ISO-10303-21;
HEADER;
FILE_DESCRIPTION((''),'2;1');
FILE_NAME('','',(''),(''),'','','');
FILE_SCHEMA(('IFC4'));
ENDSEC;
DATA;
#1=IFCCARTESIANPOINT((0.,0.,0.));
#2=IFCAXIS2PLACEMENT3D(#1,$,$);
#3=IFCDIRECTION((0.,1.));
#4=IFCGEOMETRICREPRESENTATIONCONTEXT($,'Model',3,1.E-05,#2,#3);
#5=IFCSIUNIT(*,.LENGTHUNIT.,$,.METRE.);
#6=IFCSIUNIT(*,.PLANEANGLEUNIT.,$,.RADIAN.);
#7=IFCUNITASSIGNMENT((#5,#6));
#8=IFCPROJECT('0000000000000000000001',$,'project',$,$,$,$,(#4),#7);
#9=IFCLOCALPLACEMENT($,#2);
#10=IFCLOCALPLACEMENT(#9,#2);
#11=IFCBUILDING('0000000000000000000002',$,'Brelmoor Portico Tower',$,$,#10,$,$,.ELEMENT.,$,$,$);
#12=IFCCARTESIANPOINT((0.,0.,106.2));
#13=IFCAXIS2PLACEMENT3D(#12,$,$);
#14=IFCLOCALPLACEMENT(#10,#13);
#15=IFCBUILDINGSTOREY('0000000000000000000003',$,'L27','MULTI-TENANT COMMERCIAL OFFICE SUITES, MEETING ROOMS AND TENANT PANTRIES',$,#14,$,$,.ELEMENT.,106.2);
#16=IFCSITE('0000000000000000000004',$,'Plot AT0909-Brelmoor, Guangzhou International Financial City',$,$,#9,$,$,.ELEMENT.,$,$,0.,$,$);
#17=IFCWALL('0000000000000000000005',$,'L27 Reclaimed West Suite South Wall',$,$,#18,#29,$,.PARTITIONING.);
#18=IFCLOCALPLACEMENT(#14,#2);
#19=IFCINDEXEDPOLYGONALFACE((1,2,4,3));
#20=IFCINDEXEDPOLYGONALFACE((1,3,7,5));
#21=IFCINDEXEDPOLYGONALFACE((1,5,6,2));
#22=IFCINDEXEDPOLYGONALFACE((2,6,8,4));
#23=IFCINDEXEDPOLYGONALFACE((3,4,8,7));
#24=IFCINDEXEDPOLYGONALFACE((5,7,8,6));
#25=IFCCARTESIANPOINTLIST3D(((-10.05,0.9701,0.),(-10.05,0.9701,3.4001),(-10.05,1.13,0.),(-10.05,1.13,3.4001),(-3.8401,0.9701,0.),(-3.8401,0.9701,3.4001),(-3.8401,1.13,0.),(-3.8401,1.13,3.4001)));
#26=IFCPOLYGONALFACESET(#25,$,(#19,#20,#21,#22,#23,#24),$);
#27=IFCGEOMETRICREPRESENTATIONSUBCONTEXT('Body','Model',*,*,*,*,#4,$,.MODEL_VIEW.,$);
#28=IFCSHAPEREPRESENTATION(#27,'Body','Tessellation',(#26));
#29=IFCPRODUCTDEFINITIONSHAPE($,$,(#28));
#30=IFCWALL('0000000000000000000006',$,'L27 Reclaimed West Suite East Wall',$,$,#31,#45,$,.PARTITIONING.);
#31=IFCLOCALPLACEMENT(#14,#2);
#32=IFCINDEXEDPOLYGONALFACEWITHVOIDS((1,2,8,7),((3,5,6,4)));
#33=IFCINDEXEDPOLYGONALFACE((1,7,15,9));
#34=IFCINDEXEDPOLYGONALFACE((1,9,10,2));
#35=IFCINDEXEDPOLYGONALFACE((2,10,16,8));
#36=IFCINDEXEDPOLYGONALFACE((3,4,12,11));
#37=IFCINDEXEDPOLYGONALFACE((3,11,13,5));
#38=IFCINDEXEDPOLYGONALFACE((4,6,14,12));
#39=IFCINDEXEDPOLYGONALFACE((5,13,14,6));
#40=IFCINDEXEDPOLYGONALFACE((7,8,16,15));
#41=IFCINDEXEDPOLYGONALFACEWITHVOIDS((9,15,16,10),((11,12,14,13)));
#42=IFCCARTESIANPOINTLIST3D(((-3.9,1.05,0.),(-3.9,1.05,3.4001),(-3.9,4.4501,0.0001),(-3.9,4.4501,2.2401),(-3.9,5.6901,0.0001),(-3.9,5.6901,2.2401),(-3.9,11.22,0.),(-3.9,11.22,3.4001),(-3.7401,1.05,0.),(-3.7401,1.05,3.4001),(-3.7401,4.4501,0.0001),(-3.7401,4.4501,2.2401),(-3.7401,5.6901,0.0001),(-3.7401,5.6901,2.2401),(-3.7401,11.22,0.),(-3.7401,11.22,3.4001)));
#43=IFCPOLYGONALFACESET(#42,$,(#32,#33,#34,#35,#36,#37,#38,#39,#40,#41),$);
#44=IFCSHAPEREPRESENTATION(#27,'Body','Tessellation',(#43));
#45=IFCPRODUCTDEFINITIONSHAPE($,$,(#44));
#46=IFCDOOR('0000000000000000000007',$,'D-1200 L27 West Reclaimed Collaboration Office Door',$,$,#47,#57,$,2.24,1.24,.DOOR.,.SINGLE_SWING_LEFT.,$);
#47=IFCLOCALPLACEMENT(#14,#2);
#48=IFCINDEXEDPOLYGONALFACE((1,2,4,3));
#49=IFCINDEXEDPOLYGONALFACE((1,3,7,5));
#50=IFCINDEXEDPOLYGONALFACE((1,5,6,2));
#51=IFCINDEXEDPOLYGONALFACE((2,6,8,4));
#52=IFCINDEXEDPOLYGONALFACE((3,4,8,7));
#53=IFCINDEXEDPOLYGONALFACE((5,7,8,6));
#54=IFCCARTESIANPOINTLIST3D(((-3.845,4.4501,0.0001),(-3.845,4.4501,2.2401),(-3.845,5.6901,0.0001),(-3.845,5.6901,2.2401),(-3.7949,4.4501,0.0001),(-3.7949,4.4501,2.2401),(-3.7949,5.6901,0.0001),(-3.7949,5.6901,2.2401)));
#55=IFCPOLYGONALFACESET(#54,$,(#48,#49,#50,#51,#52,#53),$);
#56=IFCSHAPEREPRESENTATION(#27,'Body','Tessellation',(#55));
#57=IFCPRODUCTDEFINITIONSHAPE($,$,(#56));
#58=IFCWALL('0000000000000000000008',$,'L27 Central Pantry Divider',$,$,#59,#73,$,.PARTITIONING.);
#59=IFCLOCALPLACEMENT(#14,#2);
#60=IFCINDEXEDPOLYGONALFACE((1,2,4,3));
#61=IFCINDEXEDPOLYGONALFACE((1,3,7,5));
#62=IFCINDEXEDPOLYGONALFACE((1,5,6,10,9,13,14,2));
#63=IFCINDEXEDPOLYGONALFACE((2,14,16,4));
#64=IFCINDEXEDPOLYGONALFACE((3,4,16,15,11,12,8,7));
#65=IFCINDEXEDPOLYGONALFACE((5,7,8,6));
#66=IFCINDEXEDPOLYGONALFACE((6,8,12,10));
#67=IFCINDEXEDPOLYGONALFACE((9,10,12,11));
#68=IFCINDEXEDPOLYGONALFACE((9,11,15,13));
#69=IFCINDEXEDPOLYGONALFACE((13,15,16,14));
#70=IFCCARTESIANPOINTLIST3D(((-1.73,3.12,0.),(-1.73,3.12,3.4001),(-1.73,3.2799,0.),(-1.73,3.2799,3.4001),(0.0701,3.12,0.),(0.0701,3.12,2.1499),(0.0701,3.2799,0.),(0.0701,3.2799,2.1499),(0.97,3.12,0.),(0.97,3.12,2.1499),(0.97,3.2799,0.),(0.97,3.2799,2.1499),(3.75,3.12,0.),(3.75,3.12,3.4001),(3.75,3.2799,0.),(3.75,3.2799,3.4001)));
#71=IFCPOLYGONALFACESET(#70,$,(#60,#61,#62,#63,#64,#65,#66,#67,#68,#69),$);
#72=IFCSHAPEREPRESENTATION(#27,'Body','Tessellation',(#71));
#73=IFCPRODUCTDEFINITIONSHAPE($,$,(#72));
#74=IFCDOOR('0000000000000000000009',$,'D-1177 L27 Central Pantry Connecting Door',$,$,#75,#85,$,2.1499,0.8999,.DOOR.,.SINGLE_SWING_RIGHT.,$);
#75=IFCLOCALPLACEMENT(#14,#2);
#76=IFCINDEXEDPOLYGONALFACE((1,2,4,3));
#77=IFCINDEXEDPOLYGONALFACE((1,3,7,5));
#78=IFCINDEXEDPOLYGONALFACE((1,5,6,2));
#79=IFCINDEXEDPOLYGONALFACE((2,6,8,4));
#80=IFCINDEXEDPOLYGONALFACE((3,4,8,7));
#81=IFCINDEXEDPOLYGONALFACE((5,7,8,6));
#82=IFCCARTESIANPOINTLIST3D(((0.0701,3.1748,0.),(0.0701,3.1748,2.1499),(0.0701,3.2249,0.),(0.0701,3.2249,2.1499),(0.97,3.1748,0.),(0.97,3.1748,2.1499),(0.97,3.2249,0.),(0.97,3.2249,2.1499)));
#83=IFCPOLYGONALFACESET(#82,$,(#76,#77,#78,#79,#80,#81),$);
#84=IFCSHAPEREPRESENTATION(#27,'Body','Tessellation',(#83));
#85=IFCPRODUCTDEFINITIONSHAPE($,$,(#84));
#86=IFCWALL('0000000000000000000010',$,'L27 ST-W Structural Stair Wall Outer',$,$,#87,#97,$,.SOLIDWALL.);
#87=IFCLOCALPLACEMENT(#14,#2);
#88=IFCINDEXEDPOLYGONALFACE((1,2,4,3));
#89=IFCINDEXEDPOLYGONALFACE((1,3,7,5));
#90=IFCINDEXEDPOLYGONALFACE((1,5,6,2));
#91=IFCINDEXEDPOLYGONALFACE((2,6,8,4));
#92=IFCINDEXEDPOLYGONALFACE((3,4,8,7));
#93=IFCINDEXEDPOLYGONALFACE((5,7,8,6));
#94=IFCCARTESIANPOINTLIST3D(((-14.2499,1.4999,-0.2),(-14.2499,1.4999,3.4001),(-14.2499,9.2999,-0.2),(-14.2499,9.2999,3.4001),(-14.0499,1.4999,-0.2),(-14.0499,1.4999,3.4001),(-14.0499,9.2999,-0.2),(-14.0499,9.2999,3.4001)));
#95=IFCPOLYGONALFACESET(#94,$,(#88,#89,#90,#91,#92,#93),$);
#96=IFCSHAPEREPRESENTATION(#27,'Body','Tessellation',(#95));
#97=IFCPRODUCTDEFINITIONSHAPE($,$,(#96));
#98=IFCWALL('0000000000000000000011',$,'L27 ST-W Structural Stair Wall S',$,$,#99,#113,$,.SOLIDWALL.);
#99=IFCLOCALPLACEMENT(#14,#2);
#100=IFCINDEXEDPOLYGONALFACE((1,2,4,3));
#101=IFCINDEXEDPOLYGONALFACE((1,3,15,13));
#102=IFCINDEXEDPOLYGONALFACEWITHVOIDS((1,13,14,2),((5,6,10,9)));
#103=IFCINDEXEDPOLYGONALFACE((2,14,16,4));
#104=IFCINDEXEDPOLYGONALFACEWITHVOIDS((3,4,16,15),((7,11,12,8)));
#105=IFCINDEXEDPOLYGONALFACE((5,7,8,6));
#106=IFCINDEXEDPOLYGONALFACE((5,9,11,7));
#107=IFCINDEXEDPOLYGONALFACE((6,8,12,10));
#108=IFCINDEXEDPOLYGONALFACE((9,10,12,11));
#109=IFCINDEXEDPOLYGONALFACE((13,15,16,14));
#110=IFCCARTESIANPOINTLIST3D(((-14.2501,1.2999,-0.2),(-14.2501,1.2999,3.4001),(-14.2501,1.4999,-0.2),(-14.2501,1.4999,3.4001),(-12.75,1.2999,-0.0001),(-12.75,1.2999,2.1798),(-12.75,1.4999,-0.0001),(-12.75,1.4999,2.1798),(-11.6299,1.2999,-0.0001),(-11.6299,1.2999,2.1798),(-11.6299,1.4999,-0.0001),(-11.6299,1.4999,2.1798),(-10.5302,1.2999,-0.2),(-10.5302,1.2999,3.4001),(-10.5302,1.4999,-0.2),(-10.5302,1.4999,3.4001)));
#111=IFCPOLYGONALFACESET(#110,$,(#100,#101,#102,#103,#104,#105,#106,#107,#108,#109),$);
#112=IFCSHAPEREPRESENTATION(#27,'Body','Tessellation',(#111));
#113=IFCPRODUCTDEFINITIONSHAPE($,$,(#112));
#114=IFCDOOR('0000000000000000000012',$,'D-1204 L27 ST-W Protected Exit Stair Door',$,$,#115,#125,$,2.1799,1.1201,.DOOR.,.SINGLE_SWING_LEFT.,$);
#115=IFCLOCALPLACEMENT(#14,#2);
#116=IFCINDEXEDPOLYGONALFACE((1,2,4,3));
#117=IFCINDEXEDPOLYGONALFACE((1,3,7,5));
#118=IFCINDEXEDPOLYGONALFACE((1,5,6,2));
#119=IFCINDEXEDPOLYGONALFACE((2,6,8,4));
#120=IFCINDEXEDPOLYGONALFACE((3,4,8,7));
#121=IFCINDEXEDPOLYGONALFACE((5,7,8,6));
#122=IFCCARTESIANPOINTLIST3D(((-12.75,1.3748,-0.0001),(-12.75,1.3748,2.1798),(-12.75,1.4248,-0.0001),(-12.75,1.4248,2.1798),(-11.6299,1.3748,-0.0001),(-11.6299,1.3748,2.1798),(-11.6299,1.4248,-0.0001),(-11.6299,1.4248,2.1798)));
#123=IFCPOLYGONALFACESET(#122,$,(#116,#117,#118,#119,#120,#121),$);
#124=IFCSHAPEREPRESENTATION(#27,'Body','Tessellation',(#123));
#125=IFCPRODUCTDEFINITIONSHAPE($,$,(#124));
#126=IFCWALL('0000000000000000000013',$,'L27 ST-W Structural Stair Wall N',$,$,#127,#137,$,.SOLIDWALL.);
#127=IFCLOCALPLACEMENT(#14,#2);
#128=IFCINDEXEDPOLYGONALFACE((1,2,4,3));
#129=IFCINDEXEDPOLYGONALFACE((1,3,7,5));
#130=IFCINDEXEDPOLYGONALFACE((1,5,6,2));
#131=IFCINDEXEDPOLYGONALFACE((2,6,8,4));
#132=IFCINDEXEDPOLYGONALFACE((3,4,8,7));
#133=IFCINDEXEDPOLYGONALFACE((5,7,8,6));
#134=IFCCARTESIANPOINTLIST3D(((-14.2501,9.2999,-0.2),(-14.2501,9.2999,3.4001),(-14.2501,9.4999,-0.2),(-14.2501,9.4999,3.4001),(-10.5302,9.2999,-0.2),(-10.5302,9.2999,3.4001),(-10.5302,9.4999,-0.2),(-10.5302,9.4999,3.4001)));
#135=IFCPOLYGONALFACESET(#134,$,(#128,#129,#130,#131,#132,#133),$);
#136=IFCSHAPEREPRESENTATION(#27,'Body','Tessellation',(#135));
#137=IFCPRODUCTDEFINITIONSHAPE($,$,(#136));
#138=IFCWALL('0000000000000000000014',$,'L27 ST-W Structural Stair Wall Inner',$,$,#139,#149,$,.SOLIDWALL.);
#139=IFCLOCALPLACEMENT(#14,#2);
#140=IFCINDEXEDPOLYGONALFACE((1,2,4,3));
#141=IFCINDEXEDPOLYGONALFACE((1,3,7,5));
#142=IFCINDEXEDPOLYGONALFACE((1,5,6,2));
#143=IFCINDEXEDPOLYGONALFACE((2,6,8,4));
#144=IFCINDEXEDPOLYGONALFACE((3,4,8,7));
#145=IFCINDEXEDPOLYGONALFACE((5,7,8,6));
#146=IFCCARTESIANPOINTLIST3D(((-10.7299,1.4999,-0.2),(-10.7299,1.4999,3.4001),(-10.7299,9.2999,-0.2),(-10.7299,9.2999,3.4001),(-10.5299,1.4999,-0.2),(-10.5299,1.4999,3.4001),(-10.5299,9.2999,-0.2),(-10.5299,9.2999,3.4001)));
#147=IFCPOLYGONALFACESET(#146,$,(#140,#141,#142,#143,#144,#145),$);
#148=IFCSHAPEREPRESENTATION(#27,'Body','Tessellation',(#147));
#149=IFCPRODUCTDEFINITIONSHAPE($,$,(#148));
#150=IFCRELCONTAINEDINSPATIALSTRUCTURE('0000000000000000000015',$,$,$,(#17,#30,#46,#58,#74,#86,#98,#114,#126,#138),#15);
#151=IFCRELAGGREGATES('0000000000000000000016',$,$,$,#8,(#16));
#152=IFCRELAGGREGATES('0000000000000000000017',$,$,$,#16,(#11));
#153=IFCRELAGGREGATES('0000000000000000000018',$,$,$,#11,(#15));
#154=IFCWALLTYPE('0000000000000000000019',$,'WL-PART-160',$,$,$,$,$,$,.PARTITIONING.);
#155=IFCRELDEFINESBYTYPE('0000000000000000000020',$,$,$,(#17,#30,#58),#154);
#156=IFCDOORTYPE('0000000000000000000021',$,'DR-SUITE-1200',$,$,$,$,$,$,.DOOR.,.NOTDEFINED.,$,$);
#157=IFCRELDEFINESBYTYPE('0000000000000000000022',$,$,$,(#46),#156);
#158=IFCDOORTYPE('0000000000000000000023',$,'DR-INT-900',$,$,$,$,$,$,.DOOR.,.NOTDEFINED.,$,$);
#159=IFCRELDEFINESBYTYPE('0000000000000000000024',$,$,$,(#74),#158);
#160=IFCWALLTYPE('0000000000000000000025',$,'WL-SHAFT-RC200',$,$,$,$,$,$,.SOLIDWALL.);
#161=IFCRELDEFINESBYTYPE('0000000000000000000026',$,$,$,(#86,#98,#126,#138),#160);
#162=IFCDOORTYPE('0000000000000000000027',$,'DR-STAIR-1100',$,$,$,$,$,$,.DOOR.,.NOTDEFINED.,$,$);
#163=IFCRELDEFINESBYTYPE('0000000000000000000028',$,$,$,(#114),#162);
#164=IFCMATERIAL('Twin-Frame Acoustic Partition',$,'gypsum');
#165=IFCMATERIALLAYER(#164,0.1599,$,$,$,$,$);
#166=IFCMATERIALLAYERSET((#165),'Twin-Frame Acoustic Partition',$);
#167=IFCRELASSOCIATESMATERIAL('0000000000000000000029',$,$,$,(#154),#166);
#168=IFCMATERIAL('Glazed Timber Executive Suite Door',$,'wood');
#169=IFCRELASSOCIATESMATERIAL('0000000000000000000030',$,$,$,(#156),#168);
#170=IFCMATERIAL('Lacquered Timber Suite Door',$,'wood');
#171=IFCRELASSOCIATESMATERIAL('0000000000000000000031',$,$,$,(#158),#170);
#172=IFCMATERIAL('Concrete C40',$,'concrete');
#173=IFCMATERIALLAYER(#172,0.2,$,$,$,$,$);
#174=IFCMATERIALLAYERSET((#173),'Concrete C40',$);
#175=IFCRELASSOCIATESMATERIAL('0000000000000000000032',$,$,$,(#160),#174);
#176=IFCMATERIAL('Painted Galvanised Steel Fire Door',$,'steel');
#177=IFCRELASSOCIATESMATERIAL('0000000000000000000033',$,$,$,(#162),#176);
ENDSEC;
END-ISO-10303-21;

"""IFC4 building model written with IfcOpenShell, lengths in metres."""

from ifc_helpers import new_model, si_unit, direction, frame, frame_2d, origin, place, context, subcontext, project, spatial, rectangle, extrude, material, layer, layer_set, type_object, element, fill, save


model = new_model("IFC4")

# Units and contexts
model_context = context("Model", 3, precision=1e-05, world=origin(), true_north=direction((0.0, 1.0)))
body_context = subcontext(model_context, "Body", "Model", "MODEL_VIEW")
ifc_project = project(units=[si_unit("LENGTHUNIT", "METRE"), si_unit("PLANEANGLEUNIT", "RADIAN")], contexts=[model_context])

# Site, building, storey
site_placement = place(None, origin())
site = spatial("IfcSite", under=ifc_project, at=site_placement, Name="Plot AT0909-Brelmoor, Guangzhou International Financial City", CompositionType="ELEMENT", RefElevation=0.0)
building_placement = place(site_placement, origin())
building = spatial("IfcBuilding", under=site, at=building_placement, Name="Brelmoor Portico Tower", CompositionType="ELEMENT")
storey_placement = place(building_placement, frame((0.0, 0.0, 106.2)))
storey = spatial("IfcBuildingStorey", under=building, at=storey_placement, Name="L27", Description="MULTI-TENANT COMMERCIAL OFFICE SUITES, MEETING ROOMS AND TENANT PANTRIES", CompositionType="ELEMENT", Elevation=106.2)

# Shared definitions
ifc_material_1 = material(Name="Concrete C40", Category="concrete")

# Wall
ifc_material_2 = material(Name="Twin-Frame Acoustic Partition", Category="gypsum")
ifc_layer_1 = layer(ifc_material_2, 0.1599)
ifc_layer_set_1 = layer_set([ifc_layer_1], Name="Twin-Frame Acoustic Partition")
wall_type_1 = type_object("IfcWallType", Name="WL-PART-160", PredefinedType="PARTITIONING", material=ifc_layer_set_1)
wall_1_placement = place(storey_placement, frame((-10.05, 1.05, 0.0), z_axis=(0.0, 0.0, 1.0), x_axis=(1.0, 0.0, 0.0)))
element("IfcWall", 1, at=wall_1_placement, inside=storey, type_object=wall_type_1, Name="L27 Reclaimed West Suite South Wall", PredefinedType="PARTITIONING", context=body_context, shape_type="SweptSolid", body=[
    extrude(rectangle(XDim=6.21, YDim=0.1599, at=frame_2d((3.105, 0.0))), origin(), (0.0, 0.0, 1.0), 3.4001),
])

# Walls, openings, doors
wall_2_placement = place(storey_placement, frame((-3.8201, 1.05, 0.0), z_axis=(0.0, 0.0, 1.0), x_axis=(0.0, 1.0, 0.0)))
wall_2 = element("IfcWall", 2, at=wall_2_placement, inside=storey, type_object=wall_type_1, Name="L27 Reclaimed West Suite East Wall", PredefinedType="PARTITIONING", context=body_context, shape_type="SweptSolid", body=[
    extrude(rectangle(XDim=10.1699, YDim=0.1599, at=frame_2d((5.085, 0.0))), origin(), (0.0, 0.0, 1.0), 3.4001),
])
opening_1_placement = place(wall_2_placement, frame((3.3999, 0.0, 0.0)))
opening_1 = element("IfcOpeningElement", 3, at=opening_1_placement, cuts=wall_2, PredefinedType="OPENING", context=body_context, shape_type="SweptSolid", body=[
    extrude(rectangle(XDim=1.24, YDim=2.24, at=frame_2d((0.6201, 1.1201))), frame((0.0, 0.0898, 0.0), z_axis=(0.0, -1.0, 0.0), x_axis=(1.0, 0.0, 0.0)), (0.0, 0.0, 1.0), 0.1799),
])
ifc_material_3 = material(Name="Glazed Timber Executive Suite Door", Category="wood")
door_type_1 = type_object("IfcDoorType", Name="DR-SUITE-1200", OperationType="NOTDEFINED", PredefinedType="DOOR", material=ifc_material_3)
door_1_placement = place(opening_1_placement, origin())
door_1 = element("IfcDoor", 4, at=door_1_placement, inside=storey, type_object=door_type_1, Name="D-1200 L27 West Reclaimed Collaboration Office Door", OperationType="SINGLE_SWING_LEFT", OverallHeight=2.24, OverallWidth=1.24, PredefinedType="DOOR", context=body_context, shape_type="SweptSolid", body=[
    extrude(rectangle(XDim=1.24, YDim=2.24, at=frame_2d((0.6201, 1.1201))), frame((0.0, 0.0249, 0.0), z_axis=(0.0, -1.0, 0.0), x_axis=(1.0, 0.0, 0.0)), (0.0, 0.0, 1.0), 0.05),
])
fill(opening_1, door_1)
wall_3_placement = place(storey_placement, frame((-1.73, 3.2, 0.0), z_axis=(0.0, 0.0, 1.0), x_axis=(1.0, 0.0, 0.0)))
wall_3 = element("IfcWall", 5, at=wall_3_placement, inside=storey, type_object=wall_type_1, Name="L27 Central Pantry Divider", PredefinedType="PARTITIONING", context=body_context, shape_type="SweptSolid", body=[
    extrude(rectangle(XDim=5.48, YDim=0.1599, at=frame_2d((2.74, 0.0))), origin(), (0.0, 0.0, 1.0), 3.4001),
])
opening_2_placement = place(wall_3_placement, frame((1.8, 0.0, 0.0)))
opening_2 = element("IfcOpeningElement", 6, at=opening_2_placement, cuts=wall_3, PredefinedType="OPENING", context=body_context, shape_type="SweptSolid", body=[
    extrude(rectangle(XDim=0.8999, YDim=2.1499, at=frame_2d((0.45, 1.075))), frame((0.0, 0.0898, 0.0), z_axis=(0.0, -1.0, 0.0), x_axis=(1.0, 0.0, 0.0)), (0.0, 0.0, 1.0), 0.1799),
])
ifc_material_4 = material(Name="Lacquered Timber Suite Door", Category="wood")
door_type_2 = type_object("IfcDoorType", Name="DR-INT-900", OperationType="NOTDEFINED", PredefinedType="DOOR", material=ifc_material_4)
door_2_placement = place(opening_2_placement, origin())
door_2 = element("IfcDoor", 7, at=door_2_placement, inside=storey, type_object=door_type_2, Name="D-1177 L27 Central Pantry Connecting Door", OperationType="SINGLE_SWING_RIGHT", OverallHeight=2.1499, OverallWidth=0.8999, PredefinedType="DOOR", context=body_context, shape_type="SweptSolid", body=[
    extrude(rectangle(XDim=0.8999, YDim=2.1499, at=frame_2d((0.45, 1.075))), frame((0.0, 0.0249, 0.0), z_axis=(0.0, -1.0, 0.0), x_axis=(1.0, 0.0, 0.0)), (0.0, 0.0, 1.0), 0.05),
])
fill(opening_2, door_2)

# Wall
ifc_layer_2 = layer(ifc_material_1, 0.2)
ifc_layer_set_2 = layer_set([ifc_layer_2], Name="Concrete C40")
wall_type_2 = type_object("IfcWallType", Name="WL-SHAFT-RC200", PredefinedType="SOLIDWALL", material=ifc_layer_set_2)
wall_4_placement = place(storey_placement, frame((-14.1499, 1.5, -0.2), z_axis=(0.0, 0.0, 1.0), x_axis=(0.0, 1.0, 0.0)))
element("IfcWall", 8, at=wall_4_placement, inside=storey, type_object=wall_type_2, Name="L27 ST-W Structural Stair Wall Outer", PredefinedType="SOLIDWALL", context=body_context, shape_type="SweptSolid", body=[
    extrude(rectangle(XDim=7.8, YDim=0.2, at=frame_2d((3.8999, 0.0))), origin(), (0.0, 0.0, 1.0), 3.6001),
])

# Wall, opening, door
wall_5_placement = place(storey_placement, frame((-14.25, 1.3999, -0.2), z_axis=(0.0, 0.0, 1.0), x_axis=(1.0, 0.0, 0.0)))
wall_5 = element("IfcWall", 9, at=wall_5_placement, inside=storey, type_object=wall_type_2, Name="L27 ST-W Structural Stair Wall S", PredefinedType="SOLIDWALL", context=body_context, shape_type="SweptSolid", body=[
    extrude(rectangle(XDim=3.72, YDim=0.2, at=frame_2d((1.8599, 0.0))), origin(), (0.0, 0.0, 1.0), 3.6001),
])
opening_3_placement = place(wall_5_placement, frame((1.5, 0.0, 0.2)))
opening_3 = element("IfcOpeningElement", 10, at=opening_3_placement, cuts=wall_5, PredefinedType="OPENING", context=body_context, shape_type="SweptSolid", body=[
    extrude(rectangle(XDim=1.1201, YDim=2.1799, at=frame_2d((0.5601, 1.0898))), frame((0.0, 0.1099, 0.0), z_axis=(0.0, -1.0, 0.0), x_axis=(1.0, 0.0, 0.0)), (0.0, 0.0, 1.0), 0.22),
])
ifc_material_5 = material(Name="Painted Galvanised Steel Fire Door", Category="steel")
door_type_3 = type_object("IfcDoorType", Name="DR-STAIR-1100", OperationType="NOTDEFINED", PredefinedType="DOOR", material=ifc_material_5)
door_3_placement = place(opening_3_placement, origin())
door_3 = element("IfcDoor", 11, at=door_3_placement, inside=storey, type_object=door_type_3, Name="D-1204 L27 ST-W Protected Exit Stair Door", OperationType="SINGLE_SWING_LEFT", OverallHeight=2.1799, OverallWidth=1.1201, PredefinedType="DOOR", context=body_context, shape_type="SweptSolid", body=[
    extrude(rectangle(XDim=1.1201, YDim=2.1799, at=frame_2d((0.5601, 1.0898))), frame((0.0, 0.0249, 0.0), z_axis=(0.0, -1.0, 0.0), x_axis=(1.0, 0.0, 0.0)), (0.0, 0.0, 1.0), 0.05),
])
fill(opening_3, door_3)

# Walls
wall_6_placement = place(storey_placement, frame((-14.25, 9.3999, -0.2), z_axis=(0.0, 0.0, 1.0), x_axis=(1.0, 0.0, 0.0)))
element("IfcWall", 12, at=wall_6_placement, inside=storey, type_object=wall_type_2, Name="L27 ST-W Structural Stair Wall N", PredefinedType="SOLIDWALL", context=body_context, shape_type="SweptSolid", body=[
    extrude(rectangle(XDim=3.72, YDim=0.2, at=frame_2d((1.8599, 0.0))), origin(), (0.0, 0.0, 1.0), 3.6001),
])
wall_7_placement = place(storey_placement, frame((-10.6299, 1.5, -0.2), z_axis=(0.0, 0.0, 1.0), x_axis=(0.0, 1.0, 0.0)))
element("IfcWall", 13, at=wall_7_placement, inside=storey, type_object=wall_type_2, Name="L27 ST-W Structural Stair Wall Inner", PredefinedType="SOLIDWALL", context=body_context, shape_type="SweptSolid", body=[
    extrude(rectangle(XDim=7.8, YDim=0.2, at=frame_2d((3.8999, 0.0))), origin(), (0.0, 0.0, 1.0), 3.6001),
])

save(model, "model.ifc")
